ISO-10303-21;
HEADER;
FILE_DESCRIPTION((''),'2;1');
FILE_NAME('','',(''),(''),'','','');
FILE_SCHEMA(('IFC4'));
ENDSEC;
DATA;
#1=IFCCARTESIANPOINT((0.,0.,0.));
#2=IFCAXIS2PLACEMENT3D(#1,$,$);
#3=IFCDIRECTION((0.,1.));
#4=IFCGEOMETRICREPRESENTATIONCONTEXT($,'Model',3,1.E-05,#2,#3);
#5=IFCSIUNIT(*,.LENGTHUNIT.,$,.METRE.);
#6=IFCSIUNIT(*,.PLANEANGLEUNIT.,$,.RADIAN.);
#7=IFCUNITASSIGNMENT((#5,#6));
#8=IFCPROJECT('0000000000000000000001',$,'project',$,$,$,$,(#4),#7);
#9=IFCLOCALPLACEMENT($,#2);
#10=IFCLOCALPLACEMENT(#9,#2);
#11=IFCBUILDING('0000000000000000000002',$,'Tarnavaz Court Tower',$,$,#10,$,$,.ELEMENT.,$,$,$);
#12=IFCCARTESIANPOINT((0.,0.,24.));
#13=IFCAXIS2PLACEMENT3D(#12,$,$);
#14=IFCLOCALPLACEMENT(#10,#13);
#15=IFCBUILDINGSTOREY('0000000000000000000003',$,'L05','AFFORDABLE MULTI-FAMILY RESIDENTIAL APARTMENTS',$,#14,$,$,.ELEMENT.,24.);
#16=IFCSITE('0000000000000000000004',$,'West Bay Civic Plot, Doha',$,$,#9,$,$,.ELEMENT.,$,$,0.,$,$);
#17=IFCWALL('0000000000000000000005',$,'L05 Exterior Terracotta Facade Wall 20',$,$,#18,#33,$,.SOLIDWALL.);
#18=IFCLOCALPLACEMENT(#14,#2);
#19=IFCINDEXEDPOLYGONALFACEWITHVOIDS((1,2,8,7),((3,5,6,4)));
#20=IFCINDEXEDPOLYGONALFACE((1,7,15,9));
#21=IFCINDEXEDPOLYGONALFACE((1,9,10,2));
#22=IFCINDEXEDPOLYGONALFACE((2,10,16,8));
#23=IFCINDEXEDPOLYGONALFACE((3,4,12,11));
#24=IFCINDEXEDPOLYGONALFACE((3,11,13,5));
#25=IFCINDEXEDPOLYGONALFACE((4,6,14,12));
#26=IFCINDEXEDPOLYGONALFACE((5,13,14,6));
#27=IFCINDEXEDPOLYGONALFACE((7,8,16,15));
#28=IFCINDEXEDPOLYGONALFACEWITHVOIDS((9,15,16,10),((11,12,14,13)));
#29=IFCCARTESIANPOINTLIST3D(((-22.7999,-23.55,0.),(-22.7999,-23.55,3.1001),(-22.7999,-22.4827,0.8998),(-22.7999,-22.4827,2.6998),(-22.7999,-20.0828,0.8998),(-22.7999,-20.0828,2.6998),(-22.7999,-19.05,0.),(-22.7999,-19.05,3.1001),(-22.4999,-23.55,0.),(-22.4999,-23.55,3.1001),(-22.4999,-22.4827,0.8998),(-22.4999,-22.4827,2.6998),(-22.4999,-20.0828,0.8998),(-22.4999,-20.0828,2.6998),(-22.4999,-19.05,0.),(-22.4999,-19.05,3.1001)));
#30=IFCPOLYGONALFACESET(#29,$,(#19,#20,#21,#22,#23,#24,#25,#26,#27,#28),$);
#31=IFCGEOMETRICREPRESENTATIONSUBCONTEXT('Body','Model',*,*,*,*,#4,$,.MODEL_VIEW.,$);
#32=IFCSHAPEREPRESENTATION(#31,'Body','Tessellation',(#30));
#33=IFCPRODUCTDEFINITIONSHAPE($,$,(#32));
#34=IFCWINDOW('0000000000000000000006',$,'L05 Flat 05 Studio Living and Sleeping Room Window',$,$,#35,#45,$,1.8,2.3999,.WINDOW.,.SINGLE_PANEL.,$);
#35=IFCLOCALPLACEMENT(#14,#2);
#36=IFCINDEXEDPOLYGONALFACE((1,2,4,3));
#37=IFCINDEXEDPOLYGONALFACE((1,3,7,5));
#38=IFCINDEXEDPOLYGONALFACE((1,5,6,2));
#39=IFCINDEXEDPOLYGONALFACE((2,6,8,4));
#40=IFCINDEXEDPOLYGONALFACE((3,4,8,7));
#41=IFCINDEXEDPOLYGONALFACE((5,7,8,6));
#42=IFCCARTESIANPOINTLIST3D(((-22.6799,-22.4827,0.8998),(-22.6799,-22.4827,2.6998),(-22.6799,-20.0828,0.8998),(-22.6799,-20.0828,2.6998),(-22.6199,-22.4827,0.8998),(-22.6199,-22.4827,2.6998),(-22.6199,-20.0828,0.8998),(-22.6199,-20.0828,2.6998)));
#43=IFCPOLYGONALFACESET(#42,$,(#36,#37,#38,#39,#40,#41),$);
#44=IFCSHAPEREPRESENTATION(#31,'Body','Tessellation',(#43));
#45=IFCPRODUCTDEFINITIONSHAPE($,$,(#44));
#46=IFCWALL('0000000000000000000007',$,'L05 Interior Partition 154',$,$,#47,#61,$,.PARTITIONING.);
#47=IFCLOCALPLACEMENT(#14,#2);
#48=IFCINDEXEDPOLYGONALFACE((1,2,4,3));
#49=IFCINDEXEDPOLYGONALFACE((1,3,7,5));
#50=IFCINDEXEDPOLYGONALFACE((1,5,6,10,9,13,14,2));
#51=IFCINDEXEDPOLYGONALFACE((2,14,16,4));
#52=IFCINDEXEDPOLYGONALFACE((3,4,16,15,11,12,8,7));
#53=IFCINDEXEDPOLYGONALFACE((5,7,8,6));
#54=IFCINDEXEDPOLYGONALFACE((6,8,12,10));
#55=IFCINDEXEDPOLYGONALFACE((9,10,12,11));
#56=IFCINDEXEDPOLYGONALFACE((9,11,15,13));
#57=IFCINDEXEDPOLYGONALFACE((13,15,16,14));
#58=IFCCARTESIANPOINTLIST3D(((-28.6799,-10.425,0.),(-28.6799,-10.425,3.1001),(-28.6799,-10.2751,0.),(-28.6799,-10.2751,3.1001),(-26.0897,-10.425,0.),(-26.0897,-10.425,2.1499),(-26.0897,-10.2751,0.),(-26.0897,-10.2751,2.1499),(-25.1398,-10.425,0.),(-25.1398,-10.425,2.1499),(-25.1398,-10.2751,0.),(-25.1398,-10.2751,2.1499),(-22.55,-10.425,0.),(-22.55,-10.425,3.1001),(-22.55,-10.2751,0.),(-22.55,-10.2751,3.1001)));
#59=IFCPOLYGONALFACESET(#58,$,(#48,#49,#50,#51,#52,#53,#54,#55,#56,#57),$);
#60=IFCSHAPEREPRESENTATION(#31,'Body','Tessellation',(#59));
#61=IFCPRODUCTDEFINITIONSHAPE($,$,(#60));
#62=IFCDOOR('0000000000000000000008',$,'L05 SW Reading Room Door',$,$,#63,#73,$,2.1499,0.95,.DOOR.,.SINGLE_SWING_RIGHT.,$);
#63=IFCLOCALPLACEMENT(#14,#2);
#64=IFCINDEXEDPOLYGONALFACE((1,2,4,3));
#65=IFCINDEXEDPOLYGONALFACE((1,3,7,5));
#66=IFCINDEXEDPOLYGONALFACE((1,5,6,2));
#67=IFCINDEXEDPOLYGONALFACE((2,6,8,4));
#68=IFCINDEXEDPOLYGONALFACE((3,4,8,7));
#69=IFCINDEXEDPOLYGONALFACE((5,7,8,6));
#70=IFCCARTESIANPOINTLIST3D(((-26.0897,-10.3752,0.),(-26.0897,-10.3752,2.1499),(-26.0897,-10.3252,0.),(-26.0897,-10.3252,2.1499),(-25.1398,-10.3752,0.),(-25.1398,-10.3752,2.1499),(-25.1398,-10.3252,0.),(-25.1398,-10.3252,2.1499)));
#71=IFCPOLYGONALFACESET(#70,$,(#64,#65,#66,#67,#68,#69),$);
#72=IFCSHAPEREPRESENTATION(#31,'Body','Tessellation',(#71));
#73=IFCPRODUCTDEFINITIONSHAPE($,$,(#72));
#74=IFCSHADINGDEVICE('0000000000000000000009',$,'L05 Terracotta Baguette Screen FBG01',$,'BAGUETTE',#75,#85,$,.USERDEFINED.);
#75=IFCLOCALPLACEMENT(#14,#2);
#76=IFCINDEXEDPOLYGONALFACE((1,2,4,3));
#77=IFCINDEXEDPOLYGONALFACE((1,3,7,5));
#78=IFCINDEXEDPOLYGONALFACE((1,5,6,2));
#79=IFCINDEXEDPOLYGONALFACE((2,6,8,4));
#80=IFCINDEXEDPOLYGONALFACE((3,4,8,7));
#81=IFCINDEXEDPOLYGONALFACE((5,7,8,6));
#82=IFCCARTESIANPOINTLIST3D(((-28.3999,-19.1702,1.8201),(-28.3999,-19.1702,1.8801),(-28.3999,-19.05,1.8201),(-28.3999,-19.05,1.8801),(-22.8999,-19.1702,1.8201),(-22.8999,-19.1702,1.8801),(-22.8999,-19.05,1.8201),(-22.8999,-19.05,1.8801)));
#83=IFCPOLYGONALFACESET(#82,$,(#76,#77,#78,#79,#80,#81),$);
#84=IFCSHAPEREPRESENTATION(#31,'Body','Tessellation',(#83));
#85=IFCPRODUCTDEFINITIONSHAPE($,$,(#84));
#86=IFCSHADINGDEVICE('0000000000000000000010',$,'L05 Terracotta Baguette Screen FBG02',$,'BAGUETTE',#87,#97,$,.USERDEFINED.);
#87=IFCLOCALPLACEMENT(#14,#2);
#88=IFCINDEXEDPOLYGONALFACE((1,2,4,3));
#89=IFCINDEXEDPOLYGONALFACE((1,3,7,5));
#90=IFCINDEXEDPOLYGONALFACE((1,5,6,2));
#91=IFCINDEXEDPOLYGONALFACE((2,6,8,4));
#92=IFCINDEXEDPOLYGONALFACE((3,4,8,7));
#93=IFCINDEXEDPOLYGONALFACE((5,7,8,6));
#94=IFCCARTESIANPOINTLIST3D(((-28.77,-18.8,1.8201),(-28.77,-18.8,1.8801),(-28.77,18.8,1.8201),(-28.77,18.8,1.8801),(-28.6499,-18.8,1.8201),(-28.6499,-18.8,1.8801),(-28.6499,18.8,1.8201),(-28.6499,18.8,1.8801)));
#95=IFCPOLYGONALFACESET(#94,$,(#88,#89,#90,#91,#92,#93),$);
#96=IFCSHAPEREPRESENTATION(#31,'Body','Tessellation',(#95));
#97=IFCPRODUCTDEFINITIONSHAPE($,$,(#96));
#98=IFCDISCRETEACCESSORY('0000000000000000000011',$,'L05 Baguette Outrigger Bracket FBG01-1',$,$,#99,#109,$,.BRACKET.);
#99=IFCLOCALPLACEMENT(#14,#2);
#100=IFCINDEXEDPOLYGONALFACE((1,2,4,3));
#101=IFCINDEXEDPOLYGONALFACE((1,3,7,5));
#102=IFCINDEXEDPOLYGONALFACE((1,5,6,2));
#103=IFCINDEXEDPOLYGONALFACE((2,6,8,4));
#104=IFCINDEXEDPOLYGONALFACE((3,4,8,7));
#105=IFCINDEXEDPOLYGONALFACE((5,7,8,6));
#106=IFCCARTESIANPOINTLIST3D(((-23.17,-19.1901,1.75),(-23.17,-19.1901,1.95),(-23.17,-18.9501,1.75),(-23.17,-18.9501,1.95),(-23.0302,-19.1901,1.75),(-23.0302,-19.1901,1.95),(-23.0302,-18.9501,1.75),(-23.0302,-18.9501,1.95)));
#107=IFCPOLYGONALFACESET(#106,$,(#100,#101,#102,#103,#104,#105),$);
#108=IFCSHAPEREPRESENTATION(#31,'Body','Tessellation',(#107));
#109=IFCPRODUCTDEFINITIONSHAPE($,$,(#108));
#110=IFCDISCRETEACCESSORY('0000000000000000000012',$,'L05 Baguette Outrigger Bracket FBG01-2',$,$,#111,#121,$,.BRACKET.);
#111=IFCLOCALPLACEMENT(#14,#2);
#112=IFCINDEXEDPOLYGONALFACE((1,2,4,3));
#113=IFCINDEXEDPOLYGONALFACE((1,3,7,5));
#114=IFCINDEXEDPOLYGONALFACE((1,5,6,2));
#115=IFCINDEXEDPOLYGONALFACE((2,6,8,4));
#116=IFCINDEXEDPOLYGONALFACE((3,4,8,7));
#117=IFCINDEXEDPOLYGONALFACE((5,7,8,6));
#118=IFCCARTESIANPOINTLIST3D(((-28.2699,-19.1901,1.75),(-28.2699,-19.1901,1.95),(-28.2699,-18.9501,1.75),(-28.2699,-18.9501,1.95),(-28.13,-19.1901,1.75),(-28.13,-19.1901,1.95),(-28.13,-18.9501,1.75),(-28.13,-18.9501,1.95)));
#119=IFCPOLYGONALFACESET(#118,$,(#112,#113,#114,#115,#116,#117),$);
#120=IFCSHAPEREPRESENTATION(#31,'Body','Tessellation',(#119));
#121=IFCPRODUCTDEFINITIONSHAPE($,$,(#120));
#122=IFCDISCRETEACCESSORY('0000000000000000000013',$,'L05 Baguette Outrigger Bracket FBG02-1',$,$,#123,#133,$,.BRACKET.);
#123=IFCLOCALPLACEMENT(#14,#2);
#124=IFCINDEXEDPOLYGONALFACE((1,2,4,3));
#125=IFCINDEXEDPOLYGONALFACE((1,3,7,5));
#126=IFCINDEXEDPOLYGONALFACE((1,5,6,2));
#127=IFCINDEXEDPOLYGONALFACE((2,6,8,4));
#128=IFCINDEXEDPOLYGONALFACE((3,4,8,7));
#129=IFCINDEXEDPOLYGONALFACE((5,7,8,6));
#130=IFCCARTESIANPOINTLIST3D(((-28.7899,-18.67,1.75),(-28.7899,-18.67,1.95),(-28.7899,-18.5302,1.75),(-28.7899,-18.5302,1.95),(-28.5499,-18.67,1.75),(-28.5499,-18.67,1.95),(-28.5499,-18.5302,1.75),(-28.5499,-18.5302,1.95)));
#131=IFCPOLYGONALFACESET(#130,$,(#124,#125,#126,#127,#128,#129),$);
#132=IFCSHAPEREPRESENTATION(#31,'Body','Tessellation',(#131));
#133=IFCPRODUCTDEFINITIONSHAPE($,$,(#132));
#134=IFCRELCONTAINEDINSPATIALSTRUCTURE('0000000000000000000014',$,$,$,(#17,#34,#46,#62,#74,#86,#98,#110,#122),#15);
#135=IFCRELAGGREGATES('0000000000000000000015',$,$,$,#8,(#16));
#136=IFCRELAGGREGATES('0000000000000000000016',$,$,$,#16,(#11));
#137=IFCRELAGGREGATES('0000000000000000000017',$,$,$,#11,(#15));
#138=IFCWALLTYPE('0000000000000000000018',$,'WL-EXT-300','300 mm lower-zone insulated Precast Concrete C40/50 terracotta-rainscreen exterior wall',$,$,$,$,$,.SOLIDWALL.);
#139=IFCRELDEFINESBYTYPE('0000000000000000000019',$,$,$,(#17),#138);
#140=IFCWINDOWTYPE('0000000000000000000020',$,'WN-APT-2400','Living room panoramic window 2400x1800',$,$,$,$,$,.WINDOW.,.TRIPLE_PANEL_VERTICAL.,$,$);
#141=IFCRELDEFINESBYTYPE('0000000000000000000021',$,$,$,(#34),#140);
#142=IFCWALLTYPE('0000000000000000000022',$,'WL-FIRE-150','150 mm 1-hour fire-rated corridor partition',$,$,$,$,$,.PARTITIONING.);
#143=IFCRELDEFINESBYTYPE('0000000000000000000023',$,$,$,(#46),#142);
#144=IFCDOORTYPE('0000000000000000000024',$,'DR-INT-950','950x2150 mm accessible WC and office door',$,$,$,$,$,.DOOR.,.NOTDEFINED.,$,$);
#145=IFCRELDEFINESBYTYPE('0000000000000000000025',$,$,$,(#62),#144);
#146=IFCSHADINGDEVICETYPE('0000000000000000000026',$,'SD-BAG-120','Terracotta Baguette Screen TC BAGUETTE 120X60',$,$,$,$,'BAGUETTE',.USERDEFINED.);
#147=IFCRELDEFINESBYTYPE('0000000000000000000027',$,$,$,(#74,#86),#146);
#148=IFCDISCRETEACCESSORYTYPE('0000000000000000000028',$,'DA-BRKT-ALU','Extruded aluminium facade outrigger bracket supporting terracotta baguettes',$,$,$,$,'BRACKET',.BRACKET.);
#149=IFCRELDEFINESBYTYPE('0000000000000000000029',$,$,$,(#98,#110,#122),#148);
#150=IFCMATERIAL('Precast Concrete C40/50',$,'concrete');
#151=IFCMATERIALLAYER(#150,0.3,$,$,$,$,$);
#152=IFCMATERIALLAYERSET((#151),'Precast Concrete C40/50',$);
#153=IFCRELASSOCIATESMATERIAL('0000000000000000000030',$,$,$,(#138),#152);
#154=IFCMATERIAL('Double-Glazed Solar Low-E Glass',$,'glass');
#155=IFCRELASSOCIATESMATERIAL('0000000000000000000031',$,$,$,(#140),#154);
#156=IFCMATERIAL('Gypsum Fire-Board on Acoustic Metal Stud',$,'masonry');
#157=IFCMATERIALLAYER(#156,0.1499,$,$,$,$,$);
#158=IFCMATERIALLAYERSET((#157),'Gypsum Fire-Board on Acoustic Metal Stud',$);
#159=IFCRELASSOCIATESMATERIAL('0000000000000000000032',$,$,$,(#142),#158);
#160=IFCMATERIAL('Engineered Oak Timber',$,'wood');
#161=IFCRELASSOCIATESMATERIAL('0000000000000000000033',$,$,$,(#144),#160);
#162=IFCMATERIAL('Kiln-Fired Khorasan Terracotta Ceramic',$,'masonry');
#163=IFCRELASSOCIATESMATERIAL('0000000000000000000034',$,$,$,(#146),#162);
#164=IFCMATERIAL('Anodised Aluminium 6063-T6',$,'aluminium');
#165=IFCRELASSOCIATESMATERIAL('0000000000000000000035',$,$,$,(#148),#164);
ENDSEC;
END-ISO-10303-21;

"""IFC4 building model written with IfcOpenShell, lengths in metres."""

from ifc_helpers import new_model, si_unit, direction, frame, frame_2d, origin, origin_2d, place, context, subcontext, project, spatial, rectangle, extrude, material, layer, layer_set, material_profile, profile_set, type_object, element, fill, save


model = new_model("IFC4")

# Units and contexts
model_context = context("Model", 3, precision=1e-05, world=origin(), true_north=direction((0.0, 1.0)))
body_context = subcontext(model_context, "Body", "Model", "MODEL_VIEW")
ifc_project = project(units=[si_unit("LENGTHUNIT", "METRE"), si_unit("PLANEANGLEUNIT", "RADIAN")], contexts=[model_context])

# Site, building, storey
site_placement = place(None, origin())
site = spatial("IfcSite", under=ifc_project, at=site_placement, Name="West Bay Civic Plot, Doha", CompositionType="ELEMENT", RefElevation=0.0)
building_placement = place(site_placement, origin())
building = spatial("IfcBuilding", under=site, at=building_placement, Name="Tarnavaz Court Tower", CompositionType="ELEMENT")
storey_placement = place(building_placement, frame((0.0, 0.0, 24.0)))
storey = spatial("IfcBuildingStorey", under=building, at=storey_placement, Name="L05", Description="AFFORDABLE MULTI-FAMILY RESIDENTIAL APARTMENTS", CompositionType="ELEMENT", Elevation=24.0)

# Shared definitions
ifc_material_1 = material(Name="Precast Concrete C40/50", Category="concrete")
ifc_layer_1 = layer(ifc_material_1, 0.3)
ifc_layer_set_1 = layer_set([ifc_layer_1], Name="Precast Concrete C40/50")
wall_type_1 = type_object("IfcWallType", Name="WL-EXT-300", Description="300 mm lower-zone insulated Precast Concrete C40/50 terracotta-rainscreen exterior wall", PredefinedType="SOLIDWALL", material=ifc_layer_set_1)
ifc_material_2 = material(Name="Double-Glazed Solar Low-E Glass", Category="glass")
window_type_1 = type_object("IfcWindowType", Name="WN-APT-2400", Description="Living room panoramic window 2400x1800", PartitioningType="TRIPLE_PANEL_VERTICAL", PredefinedType="WINDOW", material=ifc_material_2)

# Wall, opening, window
wall_1_placement = place(storey_placement, frame((-22.6499, -23.55, 0.0), z_axis=(0.0, 0.0, 1.0), x_axis=(0.0, 1.0, 0.0)))
wall_1 = element("IfcWall", 1, at=wall_1_placement, inside=storey, type_object=wall_type_1, Name="L05 Exterior Terracotta Facade Wall 20", PredefinedType="SOLIDWALL", context=body_context, shape_type="SweptSolid", body=[
    extrude(rectangle(XDim=4.5, YDim=0.3, at=frame_2d((2.25, 0.0))), origin(), (0.0, 0.0, 1.0), 3.1001),
])
opening_1_placement = place(wall_1_placement, frame((1.0674, 0.0, 0.8999)))
opening_1 = element("IfcOpeningElement", 2, at=opening_1_placement, cuts=wall_1, PredefinedType="OPENING", context=body_context, shape_type="SweptSolid", body=[
    extrude(rectangle(XDim=2.3999, YDim=1.8, at=frame_2d((1.2, 0.8999))), frame((0.0, 0.1599, 0.0), z_axis=(0.0, -1.0, 0.0), x_axis=(1.0, 0.0, 0.0)), (0.0, 0.0, 1.0), 0.3201),
])
window_1_placement = place(opening_1_placement, origin())
window_1 = element("IfcWindow", 3, at=window_1_placement, inside=storey, type_object=window_type_1, Name="L05 Flat 05 Studio Living and Sleeping Room Window", OverallHeight=1.8, OverallWidth=2.3999, PartitioningType="SINGLE_PANEL", PredefinedType="WINDOW", context=body_context, shape_type="SweptSolid", body=[
    extrude(rectangle(XDim=2.3999, YDim=1.8, at=frame_2d((1.2, 0.8999))), frame((0.0, 0.03, 0.0), z_axis=(0.0, -1.0, 0.0), x_axis=(1.0, 0.0, 0.0)), (0.0, 0.0, 1.0), 0.0601),
])
fill(opening_1, window_1)

# Wall, opening, door
ifc_material_3 = material(Name="Gypsum Fire-Board on Acoustic Metal Stud", Category="masonry")
ifc_layer_2 = layer(ifc_material_3, 0.1499)
ifc_layer_set_2 = layer_set([ifc_layer_2], Name="Gypsum Fire-Board on Acoustic Metal Stud")
wall_type_2 = type_object("IfcWallType", Name="WL-FIRE-150", Description="150 mm 1-hour fire-rated corridor partition", PredefinedType="PARTITIONING", material=ifc_layer_set_2)
wall_2_placement = place(storey_placement, frame((-28.6799, -10.3501, 0.0), z_axis=(0.0, 0.0, 1.0), x_axis=(1.0, 0.0, 0.0)))
wall_2 = element("IfcWall", 4, at=wall_2_placement, inside=storey, type_object=wall_type_2, Name="L05 Interior Partition 154", PredefinedType="PARTITIONING", context=body_context, shape_type="SweptSolid", body=[
    extrude(rectangle(XDim=6.1299, YDim=0.1499, at=frame_2d((3.0649, 0.0))), origin(), (0.0, 0.0, 1.0), 3.1001),
])
opening_2_placement = place(wall_2_placement, frame((2.5901, 0.0, 0.0)))
opening_2 = element("IfcOpeningElement", 5, at=opening_2_placement, cuts=wall_2, PredefinedType="OPENING", context=body_context, shape_type="SweptSolid", body=[
    extrude(rectangle(XDim=0.95, YDim=2.1499, at=frame_2d((0.4751, 1.075))), frame((0.0, 0.085, 0.0), z_axis=(0.0, -1.0, 0.0), x_axis=(1.0, 0.0, 0.0)), (0.0, 0.0, 1.0), 0.1699),
])
ifc_material_4 = material(Name="Engineered Oak Timber", Category="wood")
door_type = type_object("IfcDoorType", Name="DR-INT-950", Description="950x2150 mm accessible WC and office door", OperationType="NOTDEFINED", PredefinedType="DOOR", material=ifc_material_4)
door_placement = place(opening_2_placement, origin())
door = element("IfcDoor", 6, at=door_placement, inside=storey, type_object=door_type, Name="L05 SW Reading Room Door", OperationType="SINGLE_SWING_RIGHT", OverallHeight=2.1499, OverallWidth=0.95, PredefinedType="DOOR", context=body_context, shape_type="SweptSolid", body=[
    extrude(rectangle(XDim=0.95, YDim=2.1499, at=frame_2d((0.4751, 1.075))), frame((0.0, 0.0249, 0.0), z_axis=(0.0, -1.0, 0.0), x_axis=(1.0, 0.0, 0.0)), (0.0, 0.0, 1.0), 0.05),
])
fill(opening_2, door)

# Shading devices
ifc_material_5 = material(Name="Kiln-Fired Khorasan Terracotta Ceramic", Category="masonry")
ifc_material_profile_1 = material_profile(ifc_material_5, rectangle(XDim=0.1201, YDim=0.0601, at=origin_2d()), Name="TC BAGUETTE 120X60")
ifc_profile_set_1 = profile_set([ifc_material_profile_1], Name="Kiln-Fired Khorasan Terracotta Ceramic")
shading_device_type = type_object("IfcShadingDeviceType", Name="SD-BAG-120", Description="Terracotta Baguette Screen TC BAGUETTE 120X60", ElementType="BAGUETTE", PredefinedType="USERDEFINED", material=ifc_profile_set_1)
shading_device_1_placement = place(storey_placement, frame((-22.8999, -19.1101, 1.8501), z_axis=(-1.0, 0.0, 0.0), x_axis=(0.0, -1.0, 0.0)))
element("IfcShadingDevice", 7, at=shading_device_1_placement, inside=storey, type_object=shading_device_type, Name="L05 Terracotta Baguette Screen FBG01", ObjectType="BAGUETTE", PredefinedType="USERDEFINED", context=body_context, shape_type="SweptSolid", body=[
    extrude(rectangle(XDim=0.1201, YDim=0.0601, at=origin_2d()), origin(), (0.0, 0.0, 1.0), 5.5),
])
shading_device_2_placement = place(storey_placement, frame((-28.71, -18.8, 1.8501), z_axis=(0.0, 1.0, 0.0), x_axis=(-1.0, 0.0, 0.0)))
element("IfcShadingDevice", 8, at=shading_device_2_placement, inside=storey, type_object=shading_device_type, Name="L05 Terracotta Baguette Screen FBG02", ObjectType="BAGUETTE", PredefinedType="USERDEFINED", context=body_context, shape_type="SweptSolid", body=[
    extrude(rectangle(XDim=0.1201, YDim=0.0601, at=origin_2d()), origin(), (0.0, 0.0, 1.0), 37.6001),
])

# Discrete accessories
ifc_material_6 = material(Name="Anodised Aluminium 6063-T6", Category="aluminium")
discrete_accessory_type = type_object("IfcDiscreteAccessoryType", Name="DA-BRKT-ALU", Description="Extruded aluminium facade outrigger bracket supporting terracotta baguettes", ElementType="BRACKET", PredefinedType="BRACKET", material=ifc_material_6)
for number, where, z_axis, x_axis, name in (
    (9, (-23.1001, -19.0701, 1.75), (0.0, 0.0, 1.0), (-1.0, 0.0, 0.0), "L05 Baguette Outrigger Bracket FBG01-1"),
    (10, (-28.2, -19.0701, 1.75), (0.0, 0.0, 1.0), (-1.0, 0.0, 0.0), "L05 Baguette Outrigger Bracket FBG01-2"),
    (11, (-28.6699, -18.6001, 1.75), (0.0, 0.0, 1.0), (0.0, 1.0, 0.0), "L05 Baguette Outrigger Bracket FBG02-1"),
):
    element("IfcDiscreteAccessory", number, at=place(storey_placement, frame(where, z_axis=z_axis, x_axis=x_axis)), inside=storey, type_object=discrete_accessory_type, Name=name, PredefinedType="BRACKET", context=body_context, shape_type="SweptSolid", body=[
        extrude(rectangle(XDim=0.1399, YDim=0.24, at=origin_2d()), origin(), (0.0, 0.0, 1.0), 0.2),
    ])

save(model, "model.ifc")
